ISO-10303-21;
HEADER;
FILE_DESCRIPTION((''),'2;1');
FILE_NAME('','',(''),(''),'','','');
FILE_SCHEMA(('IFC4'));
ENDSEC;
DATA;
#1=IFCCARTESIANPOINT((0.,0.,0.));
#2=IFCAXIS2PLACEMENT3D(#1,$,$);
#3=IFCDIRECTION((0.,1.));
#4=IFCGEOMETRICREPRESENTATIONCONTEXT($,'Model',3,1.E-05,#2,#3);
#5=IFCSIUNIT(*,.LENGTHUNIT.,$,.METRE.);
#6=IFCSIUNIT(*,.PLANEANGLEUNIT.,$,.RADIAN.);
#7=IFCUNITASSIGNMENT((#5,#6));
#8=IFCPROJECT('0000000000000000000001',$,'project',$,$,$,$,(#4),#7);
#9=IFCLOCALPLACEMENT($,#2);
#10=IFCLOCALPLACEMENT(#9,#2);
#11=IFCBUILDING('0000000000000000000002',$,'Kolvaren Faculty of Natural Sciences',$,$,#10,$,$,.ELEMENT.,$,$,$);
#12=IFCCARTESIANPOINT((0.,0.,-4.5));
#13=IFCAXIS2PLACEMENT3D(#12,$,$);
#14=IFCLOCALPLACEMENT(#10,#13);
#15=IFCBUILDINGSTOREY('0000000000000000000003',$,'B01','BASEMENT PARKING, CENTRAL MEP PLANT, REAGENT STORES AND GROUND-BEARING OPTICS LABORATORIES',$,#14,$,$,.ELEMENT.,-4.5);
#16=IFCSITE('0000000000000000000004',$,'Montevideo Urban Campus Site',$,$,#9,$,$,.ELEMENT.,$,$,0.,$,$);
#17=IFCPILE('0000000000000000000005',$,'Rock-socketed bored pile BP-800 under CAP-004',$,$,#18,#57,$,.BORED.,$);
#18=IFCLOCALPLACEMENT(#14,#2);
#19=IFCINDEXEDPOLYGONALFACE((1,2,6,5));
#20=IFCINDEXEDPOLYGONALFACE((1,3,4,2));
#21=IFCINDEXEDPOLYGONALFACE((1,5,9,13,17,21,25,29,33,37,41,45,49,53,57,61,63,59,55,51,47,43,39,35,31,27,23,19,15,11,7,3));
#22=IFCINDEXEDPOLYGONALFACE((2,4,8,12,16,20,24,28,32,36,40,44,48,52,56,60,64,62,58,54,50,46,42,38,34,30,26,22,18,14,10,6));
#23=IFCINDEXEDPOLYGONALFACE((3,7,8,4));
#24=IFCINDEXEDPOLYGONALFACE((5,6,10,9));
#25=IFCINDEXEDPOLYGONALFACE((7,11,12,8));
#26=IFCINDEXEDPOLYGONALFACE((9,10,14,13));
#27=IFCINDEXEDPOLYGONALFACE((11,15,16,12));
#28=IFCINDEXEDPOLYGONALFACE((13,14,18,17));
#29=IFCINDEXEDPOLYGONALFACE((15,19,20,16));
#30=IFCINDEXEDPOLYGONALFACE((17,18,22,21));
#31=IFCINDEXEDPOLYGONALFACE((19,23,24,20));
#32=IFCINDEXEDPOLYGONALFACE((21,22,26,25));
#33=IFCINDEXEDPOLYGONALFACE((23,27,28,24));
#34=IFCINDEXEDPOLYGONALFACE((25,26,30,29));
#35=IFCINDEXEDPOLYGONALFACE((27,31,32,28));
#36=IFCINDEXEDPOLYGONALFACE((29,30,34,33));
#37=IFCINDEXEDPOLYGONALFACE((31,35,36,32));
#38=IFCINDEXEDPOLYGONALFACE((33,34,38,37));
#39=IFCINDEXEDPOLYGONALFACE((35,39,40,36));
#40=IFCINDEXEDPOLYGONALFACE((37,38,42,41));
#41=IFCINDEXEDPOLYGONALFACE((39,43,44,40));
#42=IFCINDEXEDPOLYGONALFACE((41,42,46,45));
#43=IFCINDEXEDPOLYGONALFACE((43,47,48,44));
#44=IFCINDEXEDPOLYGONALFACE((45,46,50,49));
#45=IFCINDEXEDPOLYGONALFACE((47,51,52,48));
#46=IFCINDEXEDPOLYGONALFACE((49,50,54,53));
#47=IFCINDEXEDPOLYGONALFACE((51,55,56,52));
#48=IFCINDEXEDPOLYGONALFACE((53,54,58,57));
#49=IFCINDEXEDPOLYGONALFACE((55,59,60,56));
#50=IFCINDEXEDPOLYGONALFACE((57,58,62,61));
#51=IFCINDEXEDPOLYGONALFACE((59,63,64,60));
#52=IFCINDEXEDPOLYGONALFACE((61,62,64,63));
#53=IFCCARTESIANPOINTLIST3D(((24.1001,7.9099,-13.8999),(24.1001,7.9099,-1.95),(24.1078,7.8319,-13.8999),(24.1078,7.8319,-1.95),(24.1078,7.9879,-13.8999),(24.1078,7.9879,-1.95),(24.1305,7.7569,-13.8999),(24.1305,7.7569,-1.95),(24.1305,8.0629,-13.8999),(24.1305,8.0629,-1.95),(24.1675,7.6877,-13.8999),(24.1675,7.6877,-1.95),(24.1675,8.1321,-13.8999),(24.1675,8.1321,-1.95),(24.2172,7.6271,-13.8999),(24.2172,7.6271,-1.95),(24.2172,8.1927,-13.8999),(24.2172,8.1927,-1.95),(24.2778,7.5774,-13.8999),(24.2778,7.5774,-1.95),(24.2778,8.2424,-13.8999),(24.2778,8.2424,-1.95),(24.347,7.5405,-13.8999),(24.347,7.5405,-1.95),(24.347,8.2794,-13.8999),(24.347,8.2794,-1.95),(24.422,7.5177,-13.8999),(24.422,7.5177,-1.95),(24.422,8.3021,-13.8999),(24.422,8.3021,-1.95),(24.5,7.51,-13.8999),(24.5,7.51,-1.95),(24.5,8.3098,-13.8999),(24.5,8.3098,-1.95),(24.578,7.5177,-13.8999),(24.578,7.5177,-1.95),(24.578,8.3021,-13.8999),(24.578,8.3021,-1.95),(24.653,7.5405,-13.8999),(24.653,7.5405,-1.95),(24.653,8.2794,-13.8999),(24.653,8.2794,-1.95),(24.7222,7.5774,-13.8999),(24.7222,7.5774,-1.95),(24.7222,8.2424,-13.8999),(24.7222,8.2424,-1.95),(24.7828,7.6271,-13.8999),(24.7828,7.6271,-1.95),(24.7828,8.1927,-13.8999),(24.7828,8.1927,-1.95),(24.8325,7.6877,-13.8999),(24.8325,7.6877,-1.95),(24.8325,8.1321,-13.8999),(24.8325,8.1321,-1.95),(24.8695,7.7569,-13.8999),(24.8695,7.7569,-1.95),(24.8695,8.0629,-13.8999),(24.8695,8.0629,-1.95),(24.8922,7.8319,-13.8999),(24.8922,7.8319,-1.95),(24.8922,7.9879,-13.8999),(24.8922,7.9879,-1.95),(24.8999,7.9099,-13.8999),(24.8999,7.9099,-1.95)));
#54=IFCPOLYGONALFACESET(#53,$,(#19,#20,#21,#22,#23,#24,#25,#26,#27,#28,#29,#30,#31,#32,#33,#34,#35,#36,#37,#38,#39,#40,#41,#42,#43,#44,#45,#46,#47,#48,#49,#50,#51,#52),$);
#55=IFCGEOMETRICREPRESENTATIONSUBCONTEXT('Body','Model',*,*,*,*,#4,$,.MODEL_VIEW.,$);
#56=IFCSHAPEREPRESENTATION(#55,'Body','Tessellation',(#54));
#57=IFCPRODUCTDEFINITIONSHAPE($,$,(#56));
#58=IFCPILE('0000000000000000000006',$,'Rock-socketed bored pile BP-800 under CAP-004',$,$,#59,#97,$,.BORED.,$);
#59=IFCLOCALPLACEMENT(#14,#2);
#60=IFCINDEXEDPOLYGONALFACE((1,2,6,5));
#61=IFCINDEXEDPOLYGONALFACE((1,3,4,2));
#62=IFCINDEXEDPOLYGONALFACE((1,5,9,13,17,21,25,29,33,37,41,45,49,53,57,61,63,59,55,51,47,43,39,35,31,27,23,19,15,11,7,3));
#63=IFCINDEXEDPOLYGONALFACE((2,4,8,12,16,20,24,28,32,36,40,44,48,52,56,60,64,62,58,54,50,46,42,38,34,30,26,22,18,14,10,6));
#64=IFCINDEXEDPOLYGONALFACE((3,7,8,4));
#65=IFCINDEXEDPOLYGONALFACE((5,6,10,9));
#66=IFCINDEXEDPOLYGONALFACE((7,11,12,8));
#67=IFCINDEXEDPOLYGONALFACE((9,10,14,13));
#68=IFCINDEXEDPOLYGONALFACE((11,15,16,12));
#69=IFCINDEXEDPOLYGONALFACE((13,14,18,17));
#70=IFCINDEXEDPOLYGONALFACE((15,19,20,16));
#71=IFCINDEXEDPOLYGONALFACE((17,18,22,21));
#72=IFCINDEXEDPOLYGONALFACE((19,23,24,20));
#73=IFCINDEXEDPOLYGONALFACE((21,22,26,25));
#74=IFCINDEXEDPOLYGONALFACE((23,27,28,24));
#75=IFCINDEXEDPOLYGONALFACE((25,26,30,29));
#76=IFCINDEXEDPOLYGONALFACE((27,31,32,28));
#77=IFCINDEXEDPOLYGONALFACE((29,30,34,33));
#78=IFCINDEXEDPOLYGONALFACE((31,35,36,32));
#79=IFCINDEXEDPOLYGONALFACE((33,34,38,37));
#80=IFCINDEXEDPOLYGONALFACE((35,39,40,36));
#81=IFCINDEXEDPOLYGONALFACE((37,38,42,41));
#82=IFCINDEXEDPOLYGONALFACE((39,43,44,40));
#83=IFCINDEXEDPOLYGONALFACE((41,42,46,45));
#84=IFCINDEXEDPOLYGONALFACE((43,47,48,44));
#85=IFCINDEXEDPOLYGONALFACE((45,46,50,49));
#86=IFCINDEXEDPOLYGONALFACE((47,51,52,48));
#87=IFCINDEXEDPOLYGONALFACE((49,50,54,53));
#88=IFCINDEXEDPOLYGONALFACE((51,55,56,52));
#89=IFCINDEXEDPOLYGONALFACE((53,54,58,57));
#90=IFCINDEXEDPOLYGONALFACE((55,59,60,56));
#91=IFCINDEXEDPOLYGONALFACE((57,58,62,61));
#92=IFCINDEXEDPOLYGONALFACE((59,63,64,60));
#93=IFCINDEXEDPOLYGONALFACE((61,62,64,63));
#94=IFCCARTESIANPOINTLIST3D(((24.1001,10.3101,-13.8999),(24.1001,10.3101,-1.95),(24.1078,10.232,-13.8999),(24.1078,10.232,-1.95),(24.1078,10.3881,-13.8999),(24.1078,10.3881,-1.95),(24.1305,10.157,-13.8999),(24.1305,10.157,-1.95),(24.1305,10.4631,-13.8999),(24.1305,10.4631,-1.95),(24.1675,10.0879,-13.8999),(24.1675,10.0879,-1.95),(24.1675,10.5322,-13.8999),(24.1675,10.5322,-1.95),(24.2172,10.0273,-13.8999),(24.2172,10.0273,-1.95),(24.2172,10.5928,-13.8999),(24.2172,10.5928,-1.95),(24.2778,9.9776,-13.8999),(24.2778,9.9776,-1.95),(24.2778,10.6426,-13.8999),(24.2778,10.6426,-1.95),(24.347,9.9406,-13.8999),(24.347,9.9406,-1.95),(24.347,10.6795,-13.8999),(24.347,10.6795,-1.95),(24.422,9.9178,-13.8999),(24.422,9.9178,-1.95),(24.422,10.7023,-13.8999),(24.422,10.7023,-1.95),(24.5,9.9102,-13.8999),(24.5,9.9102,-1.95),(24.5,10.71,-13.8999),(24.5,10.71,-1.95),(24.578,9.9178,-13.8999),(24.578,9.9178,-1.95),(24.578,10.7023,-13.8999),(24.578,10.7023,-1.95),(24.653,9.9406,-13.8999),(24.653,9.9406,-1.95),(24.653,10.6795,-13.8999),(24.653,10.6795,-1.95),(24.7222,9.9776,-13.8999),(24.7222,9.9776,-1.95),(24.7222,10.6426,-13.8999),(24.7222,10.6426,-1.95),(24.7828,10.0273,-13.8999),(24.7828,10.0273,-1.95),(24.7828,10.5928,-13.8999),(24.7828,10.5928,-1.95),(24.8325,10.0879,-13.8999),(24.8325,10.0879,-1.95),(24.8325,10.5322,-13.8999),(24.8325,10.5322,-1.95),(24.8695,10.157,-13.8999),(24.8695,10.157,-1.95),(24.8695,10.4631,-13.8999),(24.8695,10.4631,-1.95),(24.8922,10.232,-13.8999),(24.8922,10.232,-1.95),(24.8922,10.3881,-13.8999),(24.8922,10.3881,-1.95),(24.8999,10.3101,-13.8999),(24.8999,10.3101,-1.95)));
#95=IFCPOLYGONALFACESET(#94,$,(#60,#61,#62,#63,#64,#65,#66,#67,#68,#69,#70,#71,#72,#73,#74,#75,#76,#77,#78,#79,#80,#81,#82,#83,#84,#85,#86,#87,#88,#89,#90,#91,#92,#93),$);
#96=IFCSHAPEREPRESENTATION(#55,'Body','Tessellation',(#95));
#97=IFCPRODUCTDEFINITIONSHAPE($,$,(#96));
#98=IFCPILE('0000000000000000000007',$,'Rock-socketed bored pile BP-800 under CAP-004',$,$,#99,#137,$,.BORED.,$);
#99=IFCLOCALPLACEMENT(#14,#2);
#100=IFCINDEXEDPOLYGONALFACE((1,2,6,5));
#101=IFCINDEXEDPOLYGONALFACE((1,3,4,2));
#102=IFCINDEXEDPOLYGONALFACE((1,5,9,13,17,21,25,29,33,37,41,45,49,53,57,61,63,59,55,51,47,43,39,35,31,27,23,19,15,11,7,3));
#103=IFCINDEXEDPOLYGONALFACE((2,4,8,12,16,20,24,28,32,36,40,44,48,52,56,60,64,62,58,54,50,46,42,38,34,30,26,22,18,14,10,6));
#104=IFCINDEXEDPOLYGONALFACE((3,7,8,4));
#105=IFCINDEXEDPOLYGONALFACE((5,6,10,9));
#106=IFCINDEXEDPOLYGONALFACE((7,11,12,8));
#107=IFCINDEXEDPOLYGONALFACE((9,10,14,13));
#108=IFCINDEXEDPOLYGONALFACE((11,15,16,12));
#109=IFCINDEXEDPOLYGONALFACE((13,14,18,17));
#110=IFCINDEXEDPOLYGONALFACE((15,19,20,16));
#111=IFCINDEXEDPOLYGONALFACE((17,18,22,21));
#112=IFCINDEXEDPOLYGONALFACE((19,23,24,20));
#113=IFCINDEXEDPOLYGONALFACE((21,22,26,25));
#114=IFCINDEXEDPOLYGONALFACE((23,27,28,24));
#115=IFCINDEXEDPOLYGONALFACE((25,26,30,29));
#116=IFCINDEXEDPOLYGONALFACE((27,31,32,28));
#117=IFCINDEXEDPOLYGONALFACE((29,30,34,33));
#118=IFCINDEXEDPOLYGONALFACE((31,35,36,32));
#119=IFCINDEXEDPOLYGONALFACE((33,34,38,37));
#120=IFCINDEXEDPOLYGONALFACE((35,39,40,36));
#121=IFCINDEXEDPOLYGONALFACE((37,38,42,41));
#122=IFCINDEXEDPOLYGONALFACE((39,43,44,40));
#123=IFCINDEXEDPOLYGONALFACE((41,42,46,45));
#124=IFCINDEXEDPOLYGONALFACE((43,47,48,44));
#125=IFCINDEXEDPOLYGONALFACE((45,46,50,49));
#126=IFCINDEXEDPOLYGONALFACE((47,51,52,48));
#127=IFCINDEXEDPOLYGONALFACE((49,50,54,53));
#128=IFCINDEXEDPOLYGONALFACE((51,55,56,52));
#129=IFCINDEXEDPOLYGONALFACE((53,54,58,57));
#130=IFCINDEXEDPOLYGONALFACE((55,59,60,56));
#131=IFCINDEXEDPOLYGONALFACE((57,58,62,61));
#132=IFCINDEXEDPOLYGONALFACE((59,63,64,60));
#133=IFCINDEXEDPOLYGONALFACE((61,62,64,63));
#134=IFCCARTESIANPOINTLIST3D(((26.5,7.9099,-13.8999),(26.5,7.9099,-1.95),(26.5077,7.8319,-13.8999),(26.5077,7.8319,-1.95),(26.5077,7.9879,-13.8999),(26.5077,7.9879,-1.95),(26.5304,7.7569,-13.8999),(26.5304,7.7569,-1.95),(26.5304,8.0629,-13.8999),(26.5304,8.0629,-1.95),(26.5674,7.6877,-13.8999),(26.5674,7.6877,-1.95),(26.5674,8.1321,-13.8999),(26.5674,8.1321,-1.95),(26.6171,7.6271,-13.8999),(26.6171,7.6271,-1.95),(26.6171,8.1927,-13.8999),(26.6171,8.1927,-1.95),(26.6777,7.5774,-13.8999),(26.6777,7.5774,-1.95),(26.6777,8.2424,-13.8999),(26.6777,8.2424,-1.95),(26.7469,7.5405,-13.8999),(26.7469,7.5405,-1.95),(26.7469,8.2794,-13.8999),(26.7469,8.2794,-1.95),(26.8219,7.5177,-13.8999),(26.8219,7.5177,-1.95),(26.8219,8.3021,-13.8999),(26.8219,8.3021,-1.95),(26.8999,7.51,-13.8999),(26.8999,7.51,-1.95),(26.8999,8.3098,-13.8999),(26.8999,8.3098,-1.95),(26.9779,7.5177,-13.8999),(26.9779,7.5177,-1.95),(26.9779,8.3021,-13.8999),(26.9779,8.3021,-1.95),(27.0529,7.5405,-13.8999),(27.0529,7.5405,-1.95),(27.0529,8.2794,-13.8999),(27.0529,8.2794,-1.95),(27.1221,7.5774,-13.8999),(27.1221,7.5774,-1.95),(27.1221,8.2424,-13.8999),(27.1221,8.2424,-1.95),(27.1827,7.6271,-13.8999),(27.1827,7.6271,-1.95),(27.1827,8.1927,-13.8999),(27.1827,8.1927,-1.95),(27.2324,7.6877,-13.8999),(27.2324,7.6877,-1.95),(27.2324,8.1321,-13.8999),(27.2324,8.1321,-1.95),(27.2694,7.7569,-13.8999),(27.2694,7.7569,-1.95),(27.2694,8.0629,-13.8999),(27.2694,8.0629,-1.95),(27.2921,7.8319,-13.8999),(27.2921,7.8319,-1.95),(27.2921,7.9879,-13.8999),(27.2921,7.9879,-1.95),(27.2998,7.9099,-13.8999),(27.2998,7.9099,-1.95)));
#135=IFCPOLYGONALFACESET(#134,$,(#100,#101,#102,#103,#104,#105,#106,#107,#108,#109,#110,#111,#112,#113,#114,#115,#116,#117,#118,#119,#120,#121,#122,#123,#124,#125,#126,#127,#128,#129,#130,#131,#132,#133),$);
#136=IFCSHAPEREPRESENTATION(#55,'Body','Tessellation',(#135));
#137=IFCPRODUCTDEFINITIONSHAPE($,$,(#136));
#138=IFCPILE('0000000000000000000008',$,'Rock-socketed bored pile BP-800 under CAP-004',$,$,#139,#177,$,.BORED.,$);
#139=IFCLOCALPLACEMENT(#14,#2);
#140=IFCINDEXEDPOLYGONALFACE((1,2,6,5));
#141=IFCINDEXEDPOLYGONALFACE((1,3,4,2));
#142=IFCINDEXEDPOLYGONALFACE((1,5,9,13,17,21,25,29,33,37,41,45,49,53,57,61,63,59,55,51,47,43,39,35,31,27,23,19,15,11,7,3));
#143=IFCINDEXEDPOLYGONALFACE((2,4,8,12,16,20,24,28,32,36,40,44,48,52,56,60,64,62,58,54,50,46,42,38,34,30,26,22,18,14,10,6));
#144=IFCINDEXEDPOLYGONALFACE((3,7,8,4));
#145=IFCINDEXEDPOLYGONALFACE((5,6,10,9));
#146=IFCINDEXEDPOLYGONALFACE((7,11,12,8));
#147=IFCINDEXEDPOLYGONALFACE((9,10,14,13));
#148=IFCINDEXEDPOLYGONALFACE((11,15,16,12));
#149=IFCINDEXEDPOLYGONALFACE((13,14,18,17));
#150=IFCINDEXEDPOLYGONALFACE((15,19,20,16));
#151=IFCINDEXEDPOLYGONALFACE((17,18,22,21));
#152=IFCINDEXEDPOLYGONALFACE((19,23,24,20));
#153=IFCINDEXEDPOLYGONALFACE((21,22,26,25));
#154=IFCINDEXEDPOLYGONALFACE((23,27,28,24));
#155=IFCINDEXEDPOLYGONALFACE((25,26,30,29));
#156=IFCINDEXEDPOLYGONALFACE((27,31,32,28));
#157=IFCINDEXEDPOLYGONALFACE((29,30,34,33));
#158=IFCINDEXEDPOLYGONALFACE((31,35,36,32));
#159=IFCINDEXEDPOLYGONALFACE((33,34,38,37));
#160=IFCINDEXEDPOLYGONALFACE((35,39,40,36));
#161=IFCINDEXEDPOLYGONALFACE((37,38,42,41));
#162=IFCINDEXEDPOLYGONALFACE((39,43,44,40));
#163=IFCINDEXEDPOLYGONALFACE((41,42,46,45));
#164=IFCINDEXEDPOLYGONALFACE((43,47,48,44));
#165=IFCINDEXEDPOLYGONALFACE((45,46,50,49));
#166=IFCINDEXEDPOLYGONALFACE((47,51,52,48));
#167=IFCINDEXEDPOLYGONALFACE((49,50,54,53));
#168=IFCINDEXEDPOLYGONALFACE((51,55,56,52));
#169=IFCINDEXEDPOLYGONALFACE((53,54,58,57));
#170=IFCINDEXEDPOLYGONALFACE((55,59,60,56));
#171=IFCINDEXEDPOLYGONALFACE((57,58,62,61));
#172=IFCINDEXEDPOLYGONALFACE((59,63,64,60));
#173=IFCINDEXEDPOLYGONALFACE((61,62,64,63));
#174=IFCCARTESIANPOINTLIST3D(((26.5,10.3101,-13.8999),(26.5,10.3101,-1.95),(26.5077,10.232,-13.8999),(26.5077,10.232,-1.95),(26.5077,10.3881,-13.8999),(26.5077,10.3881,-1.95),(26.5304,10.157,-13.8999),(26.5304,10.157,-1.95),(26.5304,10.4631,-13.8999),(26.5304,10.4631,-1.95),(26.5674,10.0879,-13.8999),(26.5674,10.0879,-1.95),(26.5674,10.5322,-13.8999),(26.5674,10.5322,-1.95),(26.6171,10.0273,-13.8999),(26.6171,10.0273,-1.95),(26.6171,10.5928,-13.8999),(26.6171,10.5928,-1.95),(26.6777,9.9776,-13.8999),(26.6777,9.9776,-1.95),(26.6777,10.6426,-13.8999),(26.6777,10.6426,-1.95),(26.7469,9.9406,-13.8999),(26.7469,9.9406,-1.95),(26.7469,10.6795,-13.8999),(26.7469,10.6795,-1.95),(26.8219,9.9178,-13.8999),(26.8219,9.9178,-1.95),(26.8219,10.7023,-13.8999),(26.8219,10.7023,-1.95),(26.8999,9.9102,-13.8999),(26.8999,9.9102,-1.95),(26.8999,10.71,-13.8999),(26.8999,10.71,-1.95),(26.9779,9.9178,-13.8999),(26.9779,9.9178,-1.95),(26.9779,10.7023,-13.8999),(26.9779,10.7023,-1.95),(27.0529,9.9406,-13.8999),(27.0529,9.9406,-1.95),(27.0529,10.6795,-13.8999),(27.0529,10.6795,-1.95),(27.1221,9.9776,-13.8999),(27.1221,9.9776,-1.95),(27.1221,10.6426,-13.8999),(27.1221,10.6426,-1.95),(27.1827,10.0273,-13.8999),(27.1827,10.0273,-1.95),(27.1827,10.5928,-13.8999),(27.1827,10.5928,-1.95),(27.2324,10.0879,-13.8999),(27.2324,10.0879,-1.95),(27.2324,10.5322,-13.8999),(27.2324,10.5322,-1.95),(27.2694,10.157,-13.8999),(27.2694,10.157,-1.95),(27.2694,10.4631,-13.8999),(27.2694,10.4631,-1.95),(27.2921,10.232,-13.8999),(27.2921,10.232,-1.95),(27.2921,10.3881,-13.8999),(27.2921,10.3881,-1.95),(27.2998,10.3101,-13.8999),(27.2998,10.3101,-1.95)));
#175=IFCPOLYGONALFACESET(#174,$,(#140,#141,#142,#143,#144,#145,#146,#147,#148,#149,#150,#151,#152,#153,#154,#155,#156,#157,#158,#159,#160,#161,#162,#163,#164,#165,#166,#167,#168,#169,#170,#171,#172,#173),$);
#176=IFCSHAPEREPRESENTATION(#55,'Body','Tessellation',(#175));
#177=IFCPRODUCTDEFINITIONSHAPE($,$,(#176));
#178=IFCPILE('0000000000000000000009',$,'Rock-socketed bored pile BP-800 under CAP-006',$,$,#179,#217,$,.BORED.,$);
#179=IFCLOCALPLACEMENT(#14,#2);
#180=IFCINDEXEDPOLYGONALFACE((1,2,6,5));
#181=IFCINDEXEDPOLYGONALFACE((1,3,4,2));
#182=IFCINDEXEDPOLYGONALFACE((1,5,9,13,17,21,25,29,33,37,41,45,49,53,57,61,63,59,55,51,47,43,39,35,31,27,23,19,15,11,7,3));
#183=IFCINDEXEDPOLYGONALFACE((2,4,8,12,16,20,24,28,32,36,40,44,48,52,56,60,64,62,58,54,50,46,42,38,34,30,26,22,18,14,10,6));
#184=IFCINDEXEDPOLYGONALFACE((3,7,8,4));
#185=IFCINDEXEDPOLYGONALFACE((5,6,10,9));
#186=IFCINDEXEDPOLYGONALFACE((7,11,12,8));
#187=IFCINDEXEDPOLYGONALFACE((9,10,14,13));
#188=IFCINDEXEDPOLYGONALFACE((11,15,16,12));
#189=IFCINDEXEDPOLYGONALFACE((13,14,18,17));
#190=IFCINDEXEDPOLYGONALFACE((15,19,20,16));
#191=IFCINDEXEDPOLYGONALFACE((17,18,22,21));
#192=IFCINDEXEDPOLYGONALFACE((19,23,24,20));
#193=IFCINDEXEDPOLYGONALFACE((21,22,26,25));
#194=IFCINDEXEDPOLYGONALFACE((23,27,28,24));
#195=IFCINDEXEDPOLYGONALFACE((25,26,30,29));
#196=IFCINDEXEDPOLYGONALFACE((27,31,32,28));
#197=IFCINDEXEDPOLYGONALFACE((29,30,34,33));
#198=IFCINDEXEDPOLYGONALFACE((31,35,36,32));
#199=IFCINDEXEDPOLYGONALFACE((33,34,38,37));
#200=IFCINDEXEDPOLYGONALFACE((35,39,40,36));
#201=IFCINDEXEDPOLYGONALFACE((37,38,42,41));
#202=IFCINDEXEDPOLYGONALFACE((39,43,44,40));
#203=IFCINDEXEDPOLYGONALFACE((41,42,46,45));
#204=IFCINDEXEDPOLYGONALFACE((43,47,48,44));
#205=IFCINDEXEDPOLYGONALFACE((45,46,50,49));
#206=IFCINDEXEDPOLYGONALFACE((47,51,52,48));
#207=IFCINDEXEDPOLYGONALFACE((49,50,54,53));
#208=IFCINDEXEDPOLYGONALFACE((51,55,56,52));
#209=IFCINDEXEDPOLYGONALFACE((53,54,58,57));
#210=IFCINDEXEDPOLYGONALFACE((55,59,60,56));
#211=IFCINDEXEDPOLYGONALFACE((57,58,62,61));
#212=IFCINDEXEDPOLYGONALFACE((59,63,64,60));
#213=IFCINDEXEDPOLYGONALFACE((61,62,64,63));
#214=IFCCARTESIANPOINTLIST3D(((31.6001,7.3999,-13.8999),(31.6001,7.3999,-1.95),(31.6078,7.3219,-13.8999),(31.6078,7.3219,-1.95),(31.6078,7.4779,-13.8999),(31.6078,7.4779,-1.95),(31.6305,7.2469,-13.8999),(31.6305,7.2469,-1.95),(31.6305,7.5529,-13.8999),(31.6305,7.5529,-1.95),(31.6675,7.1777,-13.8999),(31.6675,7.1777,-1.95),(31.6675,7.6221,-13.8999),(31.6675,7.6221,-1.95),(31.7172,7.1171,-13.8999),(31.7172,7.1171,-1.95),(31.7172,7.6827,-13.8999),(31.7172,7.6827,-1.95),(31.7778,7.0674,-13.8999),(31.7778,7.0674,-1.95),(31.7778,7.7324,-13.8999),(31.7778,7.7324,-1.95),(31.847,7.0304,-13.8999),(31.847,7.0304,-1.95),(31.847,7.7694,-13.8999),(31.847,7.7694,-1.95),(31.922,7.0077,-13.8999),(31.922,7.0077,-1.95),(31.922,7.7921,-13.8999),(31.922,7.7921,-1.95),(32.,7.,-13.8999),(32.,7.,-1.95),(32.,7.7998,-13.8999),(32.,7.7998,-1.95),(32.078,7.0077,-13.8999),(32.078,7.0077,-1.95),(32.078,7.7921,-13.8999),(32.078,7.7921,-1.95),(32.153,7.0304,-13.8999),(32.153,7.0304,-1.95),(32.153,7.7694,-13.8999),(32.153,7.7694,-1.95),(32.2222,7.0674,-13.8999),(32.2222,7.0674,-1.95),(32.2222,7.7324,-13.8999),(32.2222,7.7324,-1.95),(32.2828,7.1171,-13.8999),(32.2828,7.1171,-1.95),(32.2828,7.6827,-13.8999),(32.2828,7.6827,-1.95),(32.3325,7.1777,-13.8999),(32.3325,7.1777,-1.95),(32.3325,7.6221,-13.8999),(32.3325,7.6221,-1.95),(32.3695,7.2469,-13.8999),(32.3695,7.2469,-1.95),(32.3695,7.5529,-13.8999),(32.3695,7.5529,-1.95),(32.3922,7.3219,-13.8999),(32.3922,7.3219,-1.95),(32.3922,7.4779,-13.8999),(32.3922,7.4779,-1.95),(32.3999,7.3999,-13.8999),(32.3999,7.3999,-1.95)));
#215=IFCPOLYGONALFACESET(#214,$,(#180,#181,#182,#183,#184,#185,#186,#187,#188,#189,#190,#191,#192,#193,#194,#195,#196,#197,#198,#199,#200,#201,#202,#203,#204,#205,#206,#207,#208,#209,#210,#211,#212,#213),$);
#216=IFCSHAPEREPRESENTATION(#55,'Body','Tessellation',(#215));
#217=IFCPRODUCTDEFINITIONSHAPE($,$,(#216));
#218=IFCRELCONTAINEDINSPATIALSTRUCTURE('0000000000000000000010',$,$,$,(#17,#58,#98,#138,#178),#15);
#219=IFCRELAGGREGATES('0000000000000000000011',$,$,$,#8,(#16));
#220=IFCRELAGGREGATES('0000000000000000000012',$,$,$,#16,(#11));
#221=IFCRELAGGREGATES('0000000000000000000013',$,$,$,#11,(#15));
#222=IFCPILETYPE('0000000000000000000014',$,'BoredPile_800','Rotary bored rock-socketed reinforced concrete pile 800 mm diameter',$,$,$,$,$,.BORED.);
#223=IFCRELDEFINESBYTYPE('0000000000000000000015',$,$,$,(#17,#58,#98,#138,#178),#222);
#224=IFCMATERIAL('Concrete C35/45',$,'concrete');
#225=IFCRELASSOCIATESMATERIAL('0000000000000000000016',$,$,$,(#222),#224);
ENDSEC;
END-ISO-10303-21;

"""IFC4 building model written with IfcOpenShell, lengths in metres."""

from ifc_helpers import new_model, si_unit, direction, frame, origin, origin_2d, place, context, subcontext, project, spatial, circle, extrude, material, material_profile, profile_set, type_object, element, save


model = new_model("IFC4")

# Units and contexts
model_context = context("Model", 3, precision=1e-05, world=origin(), true_north=direction((0.0, 1.0)))
body_context = subcontext(model_context, "Body", "Model", "MODEL_VIEW")
ifc_project = project(units=[si_unit("LENGTHUNIT", "METRE"), si_unit("PLANEANGLEUNIT", "RADIAN")], contexts=[model_context])

# Site, building, storey
site_placement = place(None, origin())
site = spatial("IfcSite", under=ifc_project, at=site_placement, Name="Montevideo Urban Campus Site", CompositionType="ELEMENT", RefElevation=0.0)
building_placement = place(site_placement, origin())
building = spatial("IfcBuilding", under=site, at=building_placement, Name="Kolvaren Faculty of Natural Sciences", CompositionType="ELEMENT")
storey_placement = place(building_placement, frame((0.0, 0.0, -4.5)))
storey = spatial("IfcBuildingStorey", under=building, at=storey_placement, Name="B01", Description="BASEMENT PARKING, CENTRAL MEP PLANT, REAGENT STORES AND GROUND-BEARING OPTICS LABORATORIES", CompositionType="ELEMENT", Elevation=-4.5)

# Piles
ifc_material_1 = material(Name="Concrete C35/45", Category="concrete")
ifc_material_profile_1 = material_profile(ifc_material_1, circle(Radius=0.3999, at=origin_2d()), Name="PILE D800")
ifc_profile_set_1 = profile_set([ifc_material_profile_1], Name="Concrete C35/45")
pile_type = type_object("IfcPileType", Name="BoredPile_800", Description="Rotary bored rock-socketed reinforced concrete pile 800 mm diameter", PredefinedType="BORED", material=ifc_profile_set_1)
for number, where, z_axis, x_axis, name in (
    (1, (24.5, 7.9099, -1.95), (0.0, 0.0, -1.0), (1.0, 0.0, 0.0), "Rock-socketed bored pile BP-800 under CAP-004"),
    (2, (24.5, 10.3101, -1.95), (0.0, 0.0, -1.0), (1.0, 0.0, 0.0), "Rock-socketed bored pile BP-800 under CAP-004"),
    (3, (26.8999, 7.9099, -1.95), (0.0, 0.0, -1.0), (1.0, 0.0, 0.0), "Rock-socketed bored pile BP-800 under CAP-004"),
    (4, (26.8999, 10.3101, -1.95), (0.0, 0.0, -1.0), (1.0, 0.0, 0.0), "Rock-socketed bored pile BP-800 under CAP-004"),
    (5, (32.0, 7.3999, -1.95), (0.0, 0.0, -1.0), (1.0, 0.0, 0.0), "Rock-socketed bored pile BP-800 under CAP-006"),
):
    element("IfcPile", number, at=place(storey_placement, frame(where, z_axis=z_axis, x_axis=x_axis)), inside=storey, type_object=pile_type, Name=name, PredefinedType="BORED", context=body_context, shape_type="SweptSolid", body=[
        extrude(circle(Radius=0.3999, at=origin_2d()), origin(), (0.0, 0.0, 1.0), 11.95),
    ])

save(model, "model.ifc")
